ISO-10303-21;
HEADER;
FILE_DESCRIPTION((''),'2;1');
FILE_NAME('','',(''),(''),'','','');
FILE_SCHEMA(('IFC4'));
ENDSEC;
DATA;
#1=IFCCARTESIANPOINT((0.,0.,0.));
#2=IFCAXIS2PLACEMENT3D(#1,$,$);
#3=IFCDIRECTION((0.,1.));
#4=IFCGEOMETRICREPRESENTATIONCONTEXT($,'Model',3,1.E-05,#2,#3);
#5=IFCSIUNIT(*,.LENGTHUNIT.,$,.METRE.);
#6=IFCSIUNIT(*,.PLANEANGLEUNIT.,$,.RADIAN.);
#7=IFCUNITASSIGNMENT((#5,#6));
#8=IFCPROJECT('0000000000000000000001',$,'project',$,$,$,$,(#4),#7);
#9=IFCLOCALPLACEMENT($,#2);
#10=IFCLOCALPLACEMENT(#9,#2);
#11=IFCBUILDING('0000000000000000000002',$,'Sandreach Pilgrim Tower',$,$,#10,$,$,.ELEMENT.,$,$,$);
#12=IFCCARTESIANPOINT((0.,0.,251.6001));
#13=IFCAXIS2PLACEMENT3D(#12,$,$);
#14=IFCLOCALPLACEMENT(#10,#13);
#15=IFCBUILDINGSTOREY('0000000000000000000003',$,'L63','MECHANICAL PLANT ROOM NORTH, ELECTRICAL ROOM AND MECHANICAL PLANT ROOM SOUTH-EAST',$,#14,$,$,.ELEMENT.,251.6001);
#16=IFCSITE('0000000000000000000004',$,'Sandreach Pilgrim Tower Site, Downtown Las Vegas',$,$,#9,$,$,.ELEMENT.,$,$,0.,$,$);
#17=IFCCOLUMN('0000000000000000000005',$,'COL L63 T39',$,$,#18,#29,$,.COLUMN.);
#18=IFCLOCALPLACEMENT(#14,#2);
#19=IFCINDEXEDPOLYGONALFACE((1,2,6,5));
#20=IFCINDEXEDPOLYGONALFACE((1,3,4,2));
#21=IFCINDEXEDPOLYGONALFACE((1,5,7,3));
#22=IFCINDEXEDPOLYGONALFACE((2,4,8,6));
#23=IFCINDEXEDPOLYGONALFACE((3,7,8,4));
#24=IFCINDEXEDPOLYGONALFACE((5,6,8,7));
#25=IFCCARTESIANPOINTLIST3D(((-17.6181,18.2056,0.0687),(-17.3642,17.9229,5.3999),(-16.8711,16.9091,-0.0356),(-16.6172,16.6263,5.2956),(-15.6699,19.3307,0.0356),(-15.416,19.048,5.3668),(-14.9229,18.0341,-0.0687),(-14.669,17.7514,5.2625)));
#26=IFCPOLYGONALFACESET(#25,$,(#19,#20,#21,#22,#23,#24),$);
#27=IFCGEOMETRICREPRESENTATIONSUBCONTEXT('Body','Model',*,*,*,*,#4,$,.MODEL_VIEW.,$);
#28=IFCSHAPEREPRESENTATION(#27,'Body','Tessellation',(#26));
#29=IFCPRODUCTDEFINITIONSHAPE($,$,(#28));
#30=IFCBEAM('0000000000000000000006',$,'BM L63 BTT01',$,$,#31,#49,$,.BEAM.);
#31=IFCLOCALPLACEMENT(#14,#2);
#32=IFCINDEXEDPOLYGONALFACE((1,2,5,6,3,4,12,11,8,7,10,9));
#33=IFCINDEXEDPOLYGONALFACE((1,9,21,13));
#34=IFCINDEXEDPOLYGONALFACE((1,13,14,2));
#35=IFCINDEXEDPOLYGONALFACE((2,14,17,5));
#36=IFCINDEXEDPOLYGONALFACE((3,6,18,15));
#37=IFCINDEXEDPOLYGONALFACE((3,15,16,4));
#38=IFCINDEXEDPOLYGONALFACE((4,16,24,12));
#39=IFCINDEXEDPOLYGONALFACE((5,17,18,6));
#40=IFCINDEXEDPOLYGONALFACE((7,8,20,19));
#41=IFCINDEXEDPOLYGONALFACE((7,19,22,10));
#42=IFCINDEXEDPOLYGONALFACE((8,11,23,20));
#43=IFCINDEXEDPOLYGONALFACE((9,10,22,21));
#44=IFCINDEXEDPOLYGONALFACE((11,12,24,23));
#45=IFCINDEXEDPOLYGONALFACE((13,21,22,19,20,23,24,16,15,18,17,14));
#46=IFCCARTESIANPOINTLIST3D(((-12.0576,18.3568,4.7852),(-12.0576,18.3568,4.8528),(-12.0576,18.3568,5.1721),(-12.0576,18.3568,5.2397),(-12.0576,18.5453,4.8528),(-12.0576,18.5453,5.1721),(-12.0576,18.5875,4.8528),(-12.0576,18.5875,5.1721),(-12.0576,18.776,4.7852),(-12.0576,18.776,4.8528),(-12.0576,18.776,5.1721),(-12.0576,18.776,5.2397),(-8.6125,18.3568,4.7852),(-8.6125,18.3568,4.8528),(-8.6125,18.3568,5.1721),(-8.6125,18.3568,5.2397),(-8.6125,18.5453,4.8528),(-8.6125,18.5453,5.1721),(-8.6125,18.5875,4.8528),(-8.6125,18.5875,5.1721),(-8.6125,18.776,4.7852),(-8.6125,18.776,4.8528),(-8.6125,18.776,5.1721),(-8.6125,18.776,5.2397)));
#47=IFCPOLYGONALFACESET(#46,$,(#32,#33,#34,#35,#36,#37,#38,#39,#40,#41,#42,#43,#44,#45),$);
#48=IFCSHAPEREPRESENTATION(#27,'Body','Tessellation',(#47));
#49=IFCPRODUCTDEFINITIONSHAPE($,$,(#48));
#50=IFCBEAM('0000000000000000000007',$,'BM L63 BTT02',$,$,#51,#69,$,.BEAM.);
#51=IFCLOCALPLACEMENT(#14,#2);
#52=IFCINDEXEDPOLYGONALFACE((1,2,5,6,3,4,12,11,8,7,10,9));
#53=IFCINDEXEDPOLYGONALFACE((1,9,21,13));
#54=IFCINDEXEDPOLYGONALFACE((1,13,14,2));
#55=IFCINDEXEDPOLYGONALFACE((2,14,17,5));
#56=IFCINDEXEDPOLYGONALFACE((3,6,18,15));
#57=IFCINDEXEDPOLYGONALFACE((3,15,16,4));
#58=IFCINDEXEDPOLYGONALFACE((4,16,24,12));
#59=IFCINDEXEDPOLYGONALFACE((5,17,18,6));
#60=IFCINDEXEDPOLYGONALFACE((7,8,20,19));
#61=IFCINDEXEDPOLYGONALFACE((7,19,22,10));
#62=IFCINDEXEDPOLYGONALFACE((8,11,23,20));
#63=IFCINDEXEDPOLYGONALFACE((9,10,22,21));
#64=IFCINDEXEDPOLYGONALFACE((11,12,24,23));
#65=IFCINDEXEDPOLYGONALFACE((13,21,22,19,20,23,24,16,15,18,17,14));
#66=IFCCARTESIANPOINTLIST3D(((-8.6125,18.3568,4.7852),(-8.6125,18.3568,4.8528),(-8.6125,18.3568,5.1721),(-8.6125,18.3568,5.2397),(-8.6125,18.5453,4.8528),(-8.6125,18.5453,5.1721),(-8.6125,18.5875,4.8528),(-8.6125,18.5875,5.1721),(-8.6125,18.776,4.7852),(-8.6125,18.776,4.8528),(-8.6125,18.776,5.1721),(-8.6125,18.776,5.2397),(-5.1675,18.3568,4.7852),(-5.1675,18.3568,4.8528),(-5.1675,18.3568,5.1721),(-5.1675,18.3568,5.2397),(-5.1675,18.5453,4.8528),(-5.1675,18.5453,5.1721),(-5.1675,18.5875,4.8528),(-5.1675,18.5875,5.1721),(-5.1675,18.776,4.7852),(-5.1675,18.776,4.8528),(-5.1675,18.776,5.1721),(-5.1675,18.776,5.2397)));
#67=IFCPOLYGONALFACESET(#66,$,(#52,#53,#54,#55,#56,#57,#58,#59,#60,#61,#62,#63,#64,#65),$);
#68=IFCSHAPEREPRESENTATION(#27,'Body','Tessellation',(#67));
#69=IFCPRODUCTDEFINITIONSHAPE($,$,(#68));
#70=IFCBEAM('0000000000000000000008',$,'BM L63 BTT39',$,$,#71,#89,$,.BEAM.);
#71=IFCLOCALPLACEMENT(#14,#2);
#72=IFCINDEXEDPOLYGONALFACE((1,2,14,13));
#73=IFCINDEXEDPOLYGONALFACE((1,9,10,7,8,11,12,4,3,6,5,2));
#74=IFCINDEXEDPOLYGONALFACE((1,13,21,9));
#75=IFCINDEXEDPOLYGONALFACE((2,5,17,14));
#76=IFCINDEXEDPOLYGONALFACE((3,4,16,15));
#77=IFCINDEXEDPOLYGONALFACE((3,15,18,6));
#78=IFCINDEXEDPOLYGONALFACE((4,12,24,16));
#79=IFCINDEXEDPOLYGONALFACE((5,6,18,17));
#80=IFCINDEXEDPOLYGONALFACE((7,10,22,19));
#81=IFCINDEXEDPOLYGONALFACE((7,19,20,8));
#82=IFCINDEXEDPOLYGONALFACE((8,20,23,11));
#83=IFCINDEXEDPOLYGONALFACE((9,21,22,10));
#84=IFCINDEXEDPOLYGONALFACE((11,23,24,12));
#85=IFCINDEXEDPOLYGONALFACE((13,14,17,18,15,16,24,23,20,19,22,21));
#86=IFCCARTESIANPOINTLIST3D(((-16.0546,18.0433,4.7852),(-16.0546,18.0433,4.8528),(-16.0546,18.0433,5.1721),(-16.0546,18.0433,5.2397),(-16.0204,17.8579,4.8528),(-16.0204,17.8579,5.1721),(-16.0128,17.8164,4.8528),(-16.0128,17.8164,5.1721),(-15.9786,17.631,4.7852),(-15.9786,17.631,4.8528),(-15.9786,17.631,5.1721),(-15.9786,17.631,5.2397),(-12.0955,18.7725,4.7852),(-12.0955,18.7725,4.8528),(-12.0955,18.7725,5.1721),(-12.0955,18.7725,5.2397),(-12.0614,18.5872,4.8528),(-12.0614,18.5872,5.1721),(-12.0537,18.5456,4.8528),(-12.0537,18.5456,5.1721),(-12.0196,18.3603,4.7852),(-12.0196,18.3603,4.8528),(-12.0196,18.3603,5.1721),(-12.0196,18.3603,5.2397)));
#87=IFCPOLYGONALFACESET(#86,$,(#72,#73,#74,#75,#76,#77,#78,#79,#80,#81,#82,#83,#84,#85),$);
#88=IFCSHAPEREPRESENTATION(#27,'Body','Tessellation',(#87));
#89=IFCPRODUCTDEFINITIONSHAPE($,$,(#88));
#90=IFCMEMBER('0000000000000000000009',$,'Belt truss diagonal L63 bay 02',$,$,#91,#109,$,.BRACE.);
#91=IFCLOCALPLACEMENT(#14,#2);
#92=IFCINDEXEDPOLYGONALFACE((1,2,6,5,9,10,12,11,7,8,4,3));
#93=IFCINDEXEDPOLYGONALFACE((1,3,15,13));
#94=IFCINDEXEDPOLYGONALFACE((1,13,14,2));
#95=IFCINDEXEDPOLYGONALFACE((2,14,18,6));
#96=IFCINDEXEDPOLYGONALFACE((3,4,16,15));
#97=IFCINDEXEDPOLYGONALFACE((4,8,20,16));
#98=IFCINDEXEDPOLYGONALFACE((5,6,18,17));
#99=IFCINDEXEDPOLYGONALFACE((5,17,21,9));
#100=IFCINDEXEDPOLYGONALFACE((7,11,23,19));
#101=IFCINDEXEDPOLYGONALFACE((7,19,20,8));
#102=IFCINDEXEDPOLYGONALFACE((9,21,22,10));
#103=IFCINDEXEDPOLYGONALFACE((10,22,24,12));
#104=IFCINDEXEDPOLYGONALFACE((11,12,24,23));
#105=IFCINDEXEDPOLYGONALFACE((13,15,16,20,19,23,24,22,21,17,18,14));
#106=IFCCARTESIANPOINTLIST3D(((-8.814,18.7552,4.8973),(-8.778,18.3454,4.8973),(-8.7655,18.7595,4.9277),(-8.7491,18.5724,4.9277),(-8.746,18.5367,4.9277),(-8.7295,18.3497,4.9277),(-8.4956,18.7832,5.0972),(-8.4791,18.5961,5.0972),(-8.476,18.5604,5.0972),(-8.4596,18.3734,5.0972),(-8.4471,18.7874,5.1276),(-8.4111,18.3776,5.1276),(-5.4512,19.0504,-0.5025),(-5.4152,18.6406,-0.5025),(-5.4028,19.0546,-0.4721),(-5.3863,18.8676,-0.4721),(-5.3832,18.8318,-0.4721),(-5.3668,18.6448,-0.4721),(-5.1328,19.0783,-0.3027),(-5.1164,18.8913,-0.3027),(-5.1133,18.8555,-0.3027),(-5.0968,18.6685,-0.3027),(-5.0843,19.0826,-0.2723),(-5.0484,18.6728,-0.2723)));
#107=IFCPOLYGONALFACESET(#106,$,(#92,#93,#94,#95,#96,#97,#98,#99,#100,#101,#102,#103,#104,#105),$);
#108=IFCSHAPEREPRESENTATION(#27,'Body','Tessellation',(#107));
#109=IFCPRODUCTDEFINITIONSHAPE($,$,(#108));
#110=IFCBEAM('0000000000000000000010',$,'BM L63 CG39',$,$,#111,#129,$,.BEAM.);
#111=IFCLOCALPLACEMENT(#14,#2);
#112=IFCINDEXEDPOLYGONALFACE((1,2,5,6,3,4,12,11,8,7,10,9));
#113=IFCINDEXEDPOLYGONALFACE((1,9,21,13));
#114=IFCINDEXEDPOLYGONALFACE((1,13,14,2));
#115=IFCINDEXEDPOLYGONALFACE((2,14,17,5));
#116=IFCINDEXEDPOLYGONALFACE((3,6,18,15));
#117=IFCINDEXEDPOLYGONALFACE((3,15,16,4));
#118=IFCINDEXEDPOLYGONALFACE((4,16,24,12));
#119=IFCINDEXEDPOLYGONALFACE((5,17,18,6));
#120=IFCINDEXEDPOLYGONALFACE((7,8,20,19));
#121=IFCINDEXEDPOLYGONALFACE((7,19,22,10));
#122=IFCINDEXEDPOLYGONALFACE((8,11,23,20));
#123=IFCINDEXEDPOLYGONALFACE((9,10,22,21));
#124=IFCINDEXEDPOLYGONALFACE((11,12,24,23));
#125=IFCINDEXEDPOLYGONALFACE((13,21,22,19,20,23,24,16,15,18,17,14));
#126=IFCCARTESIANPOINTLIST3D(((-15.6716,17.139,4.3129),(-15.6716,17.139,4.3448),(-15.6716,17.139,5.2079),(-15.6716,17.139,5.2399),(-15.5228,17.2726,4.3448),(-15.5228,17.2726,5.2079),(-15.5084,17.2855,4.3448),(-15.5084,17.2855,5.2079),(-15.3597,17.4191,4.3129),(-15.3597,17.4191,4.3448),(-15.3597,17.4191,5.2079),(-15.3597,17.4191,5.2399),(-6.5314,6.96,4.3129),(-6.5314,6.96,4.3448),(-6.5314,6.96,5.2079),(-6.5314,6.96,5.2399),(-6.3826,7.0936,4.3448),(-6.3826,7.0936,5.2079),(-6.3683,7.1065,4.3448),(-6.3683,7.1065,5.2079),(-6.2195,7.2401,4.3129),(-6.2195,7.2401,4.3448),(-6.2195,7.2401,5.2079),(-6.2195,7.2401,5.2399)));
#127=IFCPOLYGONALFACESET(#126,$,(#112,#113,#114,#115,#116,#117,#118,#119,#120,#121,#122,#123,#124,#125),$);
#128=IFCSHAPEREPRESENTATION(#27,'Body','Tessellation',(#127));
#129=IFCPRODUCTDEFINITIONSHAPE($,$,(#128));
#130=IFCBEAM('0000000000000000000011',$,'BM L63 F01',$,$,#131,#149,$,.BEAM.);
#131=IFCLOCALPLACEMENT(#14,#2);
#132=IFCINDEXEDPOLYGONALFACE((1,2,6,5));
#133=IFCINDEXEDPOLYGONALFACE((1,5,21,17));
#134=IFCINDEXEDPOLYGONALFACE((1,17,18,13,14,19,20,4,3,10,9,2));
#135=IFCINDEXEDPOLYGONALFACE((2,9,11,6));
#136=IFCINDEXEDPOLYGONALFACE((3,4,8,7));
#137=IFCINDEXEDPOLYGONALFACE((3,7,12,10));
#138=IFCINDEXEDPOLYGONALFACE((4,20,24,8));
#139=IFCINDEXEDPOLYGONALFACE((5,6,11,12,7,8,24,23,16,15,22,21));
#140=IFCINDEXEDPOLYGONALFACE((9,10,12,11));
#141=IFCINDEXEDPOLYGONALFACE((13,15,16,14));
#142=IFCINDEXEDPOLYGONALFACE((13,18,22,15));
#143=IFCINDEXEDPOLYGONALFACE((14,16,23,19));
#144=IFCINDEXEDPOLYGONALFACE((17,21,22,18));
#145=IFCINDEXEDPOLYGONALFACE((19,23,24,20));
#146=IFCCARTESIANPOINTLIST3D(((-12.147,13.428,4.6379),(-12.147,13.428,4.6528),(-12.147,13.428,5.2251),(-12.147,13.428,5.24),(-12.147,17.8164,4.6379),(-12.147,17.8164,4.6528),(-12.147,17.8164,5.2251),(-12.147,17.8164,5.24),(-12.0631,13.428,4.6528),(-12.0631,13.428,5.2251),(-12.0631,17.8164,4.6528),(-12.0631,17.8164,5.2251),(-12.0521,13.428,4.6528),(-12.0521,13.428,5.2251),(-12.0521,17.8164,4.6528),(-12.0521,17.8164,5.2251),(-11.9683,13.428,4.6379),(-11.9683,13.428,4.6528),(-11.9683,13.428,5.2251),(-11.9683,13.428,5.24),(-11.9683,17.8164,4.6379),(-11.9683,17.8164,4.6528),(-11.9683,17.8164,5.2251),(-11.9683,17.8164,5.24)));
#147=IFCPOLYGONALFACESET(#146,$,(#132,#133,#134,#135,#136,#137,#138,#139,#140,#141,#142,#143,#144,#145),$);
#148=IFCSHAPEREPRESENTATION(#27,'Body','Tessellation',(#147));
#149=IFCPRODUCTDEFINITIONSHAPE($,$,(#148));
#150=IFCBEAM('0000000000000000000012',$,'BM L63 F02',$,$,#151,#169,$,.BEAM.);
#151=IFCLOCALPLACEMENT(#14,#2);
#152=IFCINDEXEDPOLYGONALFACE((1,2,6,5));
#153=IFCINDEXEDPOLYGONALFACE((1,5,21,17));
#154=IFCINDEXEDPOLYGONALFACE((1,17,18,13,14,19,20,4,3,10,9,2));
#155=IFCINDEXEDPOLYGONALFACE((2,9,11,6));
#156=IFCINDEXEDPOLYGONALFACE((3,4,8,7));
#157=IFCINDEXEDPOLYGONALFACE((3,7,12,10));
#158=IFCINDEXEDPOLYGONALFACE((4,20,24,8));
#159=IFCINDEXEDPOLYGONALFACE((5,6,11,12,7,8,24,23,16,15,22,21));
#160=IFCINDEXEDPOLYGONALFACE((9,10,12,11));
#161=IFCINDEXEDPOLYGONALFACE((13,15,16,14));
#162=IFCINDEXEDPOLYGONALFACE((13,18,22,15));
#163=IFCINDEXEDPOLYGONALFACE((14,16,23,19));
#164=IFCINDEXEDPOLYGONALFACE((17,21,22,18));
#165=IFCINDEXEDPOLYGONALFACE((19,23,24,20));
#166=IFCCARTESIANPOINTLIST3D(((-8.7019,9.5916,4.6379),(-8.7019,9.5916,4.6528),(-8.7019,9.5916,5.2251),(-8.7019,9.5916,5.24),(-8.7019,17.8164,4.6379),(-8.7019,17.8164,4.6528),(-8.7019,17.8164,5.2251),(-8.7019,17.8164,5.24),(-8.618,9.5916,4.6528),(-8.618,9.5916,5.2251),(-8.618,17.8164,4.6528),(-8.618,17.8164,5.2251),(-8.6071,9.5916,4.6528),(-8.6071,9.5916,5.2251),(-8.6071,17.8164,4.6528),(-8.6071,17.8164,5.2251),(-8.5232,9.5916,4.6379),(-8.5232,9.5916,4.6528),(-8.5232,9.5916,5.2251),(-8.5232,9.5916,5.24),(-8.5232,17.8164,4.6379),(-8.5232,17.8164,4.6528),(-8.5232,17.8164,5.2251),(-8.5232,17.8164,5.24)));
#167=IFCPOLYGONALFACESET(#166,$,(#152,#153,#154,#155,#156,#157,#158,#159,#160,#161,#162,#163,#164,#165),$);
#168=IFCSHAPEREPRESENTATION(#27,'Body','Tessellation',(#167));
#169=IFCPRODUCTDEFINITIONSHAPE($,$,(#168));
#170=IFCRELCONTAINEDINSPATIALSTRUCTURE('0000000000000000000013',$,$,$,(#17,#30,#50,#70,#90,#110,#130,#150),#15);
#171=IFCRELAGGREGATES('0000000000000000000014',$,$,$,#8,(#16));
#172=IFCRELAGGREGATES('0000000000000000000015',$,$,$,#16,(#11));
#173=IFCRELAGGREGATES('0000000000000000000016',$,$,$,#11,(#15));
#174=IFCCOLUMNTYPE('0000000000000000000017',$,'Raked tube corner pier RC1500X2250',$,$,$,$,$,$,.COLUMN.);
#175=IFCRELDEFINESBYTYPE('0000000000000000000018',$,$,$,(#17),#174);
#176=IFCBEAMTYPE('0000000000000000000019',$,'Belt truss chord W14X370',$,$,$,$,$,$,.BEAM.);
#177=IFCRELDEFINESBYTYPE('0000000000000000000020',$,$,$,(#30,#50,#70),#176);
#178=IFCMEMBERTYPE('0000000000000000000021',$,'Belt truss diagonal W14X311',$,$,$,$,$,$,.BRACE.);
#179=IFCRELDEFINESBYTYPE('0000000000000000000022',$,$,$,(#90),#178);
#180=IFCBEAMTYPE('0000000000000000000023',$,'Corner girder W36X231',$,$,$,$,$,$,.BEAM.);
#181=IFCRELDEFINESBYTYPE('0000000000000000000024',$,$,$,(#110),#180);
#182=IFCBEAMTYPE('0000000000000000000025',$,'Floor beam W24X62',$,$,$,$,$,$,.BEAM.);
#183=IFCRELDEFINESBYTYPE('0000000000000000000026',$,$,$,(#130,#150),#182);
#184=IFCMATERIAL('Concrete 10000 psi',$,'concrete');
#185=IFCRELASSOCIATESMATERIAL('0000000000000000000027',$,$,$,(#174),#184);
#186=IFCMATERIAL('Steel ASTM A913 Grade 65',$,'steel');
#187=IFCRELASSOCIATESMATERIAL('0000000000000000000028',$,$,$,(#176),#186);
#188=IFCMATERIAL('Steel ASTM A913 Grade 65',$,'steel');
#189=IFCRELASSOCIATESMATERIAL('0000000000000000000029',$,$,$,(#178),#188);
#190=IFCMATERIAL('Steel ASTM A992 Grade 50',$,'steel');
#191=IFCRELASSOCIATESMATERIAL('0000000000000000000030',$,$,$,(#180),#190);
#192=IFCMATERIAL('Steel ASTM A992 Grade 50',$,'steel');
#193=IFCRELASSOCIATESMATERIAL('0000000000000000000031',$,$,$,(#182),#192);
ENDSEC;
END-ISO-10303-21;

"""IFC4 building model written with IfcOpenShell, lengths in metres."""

from ifc_helpers import new_model, si_unit, direction, frame, origin, origin_2d, place, context, subcontext, project, spatial, rectangle, i_section, extrude, material, material_profile, profile_set, type_object, element, save


model = new_model("IFC4")

# Units and contexts
model_context = context("Model", 3, precision=1e-05, world=origin(), true_north=direction((0.0, 1.0)))
body_context = subcontext(model_context, "Body", "Model", "MODEL_VIEW")
ifc_project = project(units=[si_unit("LENGTHUNIT", "METRE"), si_unit("PLANEANGLEUNIT", "RADIAN")], contexts=[model_context])

# Site, building, storey
site_placement = place(None, origin())
site = spatial("IfcSite", under=ifc_project, at=site_placement, Name="Sandreach Pilgrim Tower Site, Downtown Las Vegas", CompositionType="ELEMENT", RefElevation=0.0)
building_placement = place(site_placement, origin())
building = spatial("IfcBuilding", under=site, at=building_placement, Name="Sandreach Pilgrim Tower", CompositionType="ELEMENT")
storey_placement = place(building_placement, frame((0.0, 0.0, 251.6001)))
storey = spatial("IfcBuildingStorey", under=building, at=storey_placement, Name="L63", Description="MECHANICAL PLANT ROOM NORTH, ELECTRICAL ROOM AND MECHANICAL PLANT ROOM SOUTH-EAST", CompositionType="ELEMENT", Elevation=251.6001)

# Column
ifc_material_1 = material(Name="Concrete 10000 psi", Category="concrete")
ifc_material_profile_1 = material_profile(ifc_material_1, rectangle(XDim=1.5, YDim=2.25, at=origin_2d()), Name="RC1500X2250")
ifc_profile_set_1 = profile_set([ifc_material_profile_1], Name="Concrete 10000 psi")
column_type = type_object("IfcColumnType", Name="Raked tube corner pier RC1500X2250", PredefinedType="COLUMN", material=ifc_profile_set_1)
column_placement = place(storey_placement, frame((-16.2705, 18.1199, 0.0), z_axis=(0.047505, -0.052895, 0.997469), x_axis=(-0.497979, 0.864395, 0.069555)))
element("IfcColumn", 1, at=column_placement, inside=storey, type_object=column_type, Name="COL L63 T39", PredefinedType="COLUMN", context=body_context, shape_type="SweptSolid", body=[
    extrude(rectangle(XDim=1.5, YDim=2.25, at=origin_2d()), origin(), (0.0, 0.0, 1.0), 5.3447),
])

# Beams
ifc_material_2 = material(Name="Steel ASTM A913 Grade 65", Category="steel")
ifc_material_profile_2 = material_profile(ifc_material_2, i_section(OverallWidth=0.4192, OverallDepth=0.4546, WebThickness=0.0422, FlangeThickness=0.0676, at=origin_2d()), Name="W14X370")
ifc_profile_set_2 = profile_set([ifc_material_profile_2], Name="Steel ASTM A913 Grade 65")
beam_type_1 = type_object("IfcBeamType", Name="Belt truss chord W14X370", PredefinedType="BEAM", material=ifc_profile_set_2)
for number, where, z_axis, x_axis, name in (
    (2, (-12.0576, 18.5664, 5.0125), (1.0, 0.0, 0.0), (0.0, 1.0, 0.0), "BM L63 BTT01"),
    (3, (-8.6125, 18.5664, 5.0125), (1.0, 0.0, 0.0), (0.0, 1.0, 0.0), "BM L63 BTT02"),
):
    element("IfcBeam", number, at=place(storey_placement, frame(where, z_axis=z_axis, x_axis=x_axis)), inside=storey, type_object=beam_type_1, Name=name, PredefinedType="BEAM", context=body_context, shape_type="SweptSolid", body=[
        extrude(i_section(OverallWidth=0.4192, OverallDepth=0.4546, WebThickness=0.0422, FlangeThickness=0.0676, at=origin_2d()), origin(), (0.0, 0.0, 1.0), 3.4451),
    ])
beam_1_placement = place(storey_placement, frame((-16.0166, 17.8372, 5.0125), z_axis=(0.983455, 0.181153, 0.0), x_axis=(-0.181153, 0.983455, 0.0)))
element("IfcBeam", 4, at=beam_1_placement, inside=storey, type_object=beam_type_1, Name="BM L63 BTT39", PredefinedType="BEAM", context=body_context, shape_type="SweptSolid", body=[
    extrude(i_section(OverallWidth=0.4192, OverallDepth=0.4546, WebThickness=0.0422, FlangeThickness=0.0676, at=origin_2d()), origin(), (0.0, 0.0, 1.0), 4.0256),
])

# Member
ifc_material_3 = material(Name="Steel ASTM A913 Grade 65", Category="steel")
ifc_material_profile_3 = material_profile(ifc_material_3, i_section(OverallWidth=0.4114, OverallDepth=0.4343, WebThickness=0.0359, FlangeThickness=0.0574, at=origin_2d()), Name="W14X311")
ifc_profile_set_3 = profile_set([ifc_material_profile_3], Name="Steel ASTM A913 Grade 65")
member_type = type_object("IfcMemberType", Name="Belt truss diagonal W14X311", PredefinedType="BRACE", material=ifc_profile_set_3)
member_placement = place(storey_placement, frame((-8.6125, 18.5664, 5.0125), z_axis=(0.528057, 0.04635, -0.847943), x_axis=(-0.087438, 0.99617, 0.0)))
element("IfcMember", 5, at=member_placement, inside=storey, type_object=member_type, Name="Belt truss diagonal L63 bay 02", PredefinedType="BRACE", context=body_context, shape_type="SweptSolid", body=[
    extrude(i_section(OverallWidth=0.4114, OverallDepth=0.4343, WebThickness=0.0359, FlangeThickness=0.0574, at=origin_2d()), origin(), (0.0, 0.0, 1.0), 6.3682),
])

# Beams
ifc_material_4 = material(Name="Steel ASTM A992 Grade 50", Category="steel")
ifc_material_profile_4 = material_profile(ifc_material_4, i_section(OverallWidth=0.4192, OverallDepth=0.927, WebThickness=0.0193, FlangeThickness=0.032, at=origin_2d()), Name="W36X231")
ifc_profile_set_4 = profile_set([ifc_material_profile_4], Name="Steel ASTM A992 Grade 50")
beam_type_2 = type_object("IfcBeamType", Name="Corner girder W36X231", PredefinedType="BEAM", material=ifc_profile_set_4)
beam_2_placement = place(storey_placement, frame((-15.5156, 17.2791, 4.7764), z_axis=(0.668119, -0.744054, 0.0), x_axis=(0.744054, 0.668119, 0.0)))
element("IfcBeam", 6, at=beam_2_placement, inside=storey, type_object=beam_type_2, Name="BM L63 CG39", PredefinedType="BEAM", context=body_context, shape_type="SweptSolid", body=[
    extrude(i_section(OverallWidth=0.4192, OverallDepth=0.927, WebThickness=0.0193, FlangeThickness=0.032, at=origin_2d()), origin(), (0.0, 0.0, 1.0), 13.6804),
])
ifc_material_5 = material(Name="Steel ASTM A992 Grade 50", Category="steel")
ifc_material_profile_5 = material_profile(ifc_material_5, i_section(OverallWidth=0.1787, OverallDepth=0.6021, WebThickness=0.011, FlangeThickness=0.0149, at=origin_2d()), Name="W24X62")
ifc_profile_set_5 = profile_set([ifc_material_profile_5], Name="Steel ASTM A992 Grade 50")
beam_type_3 = type_object("IfcBeamType", Name="Floor beam W24X62", PredefinedType="BEAM", material=ifc_profile_set_5)
beam_3_placement = place(storey_placement, frame((-12.0576, 17.8164, 4.939), z_axis=(0.0, -1.0, 0.0), x_axis=(1.0, 0.0, 0.0)))
element("IfcBeam", 7, at=beam_3_placement, inside=storey, type_object=beam_type_3, Name="BM L63 F01", PredefinedType="BEAM", context=body_context, shape_type="SweptSolid", body=[
    extrude(i_section(OverallWidth=0.1787, OverallDepth=0.6021, WebThickness=0.011, FlangeThickness=0.0149, at=origin_2d()), origin(), (0.0, 0.0, 1.0), 4.3884),
])
beam_4_placement = place(storey_placement, frame((-8.6125, 17.8164, 4.939), z_axis=(0.0, -1.0, 0.0), x_axis=(1.0, 0.0, 0.0)))
element("IfcBeam", 8, at=beam_4_placement, inside=storey, type_object=beam_type_3, Name="BM L63 F02", PredefinedType="BEAM", context=body_context, shape_type="SweptSolid", body=[
    extrude(i_section(OverallWidth=0.1787, OverallDepth=0.6021, WebThickness=0.011, FlangeThickness=0.0149, at=origin_2d()), origin(), (0.0, 0.0, 1.0), 8.2249),
])

save(model, "model.ifc")
